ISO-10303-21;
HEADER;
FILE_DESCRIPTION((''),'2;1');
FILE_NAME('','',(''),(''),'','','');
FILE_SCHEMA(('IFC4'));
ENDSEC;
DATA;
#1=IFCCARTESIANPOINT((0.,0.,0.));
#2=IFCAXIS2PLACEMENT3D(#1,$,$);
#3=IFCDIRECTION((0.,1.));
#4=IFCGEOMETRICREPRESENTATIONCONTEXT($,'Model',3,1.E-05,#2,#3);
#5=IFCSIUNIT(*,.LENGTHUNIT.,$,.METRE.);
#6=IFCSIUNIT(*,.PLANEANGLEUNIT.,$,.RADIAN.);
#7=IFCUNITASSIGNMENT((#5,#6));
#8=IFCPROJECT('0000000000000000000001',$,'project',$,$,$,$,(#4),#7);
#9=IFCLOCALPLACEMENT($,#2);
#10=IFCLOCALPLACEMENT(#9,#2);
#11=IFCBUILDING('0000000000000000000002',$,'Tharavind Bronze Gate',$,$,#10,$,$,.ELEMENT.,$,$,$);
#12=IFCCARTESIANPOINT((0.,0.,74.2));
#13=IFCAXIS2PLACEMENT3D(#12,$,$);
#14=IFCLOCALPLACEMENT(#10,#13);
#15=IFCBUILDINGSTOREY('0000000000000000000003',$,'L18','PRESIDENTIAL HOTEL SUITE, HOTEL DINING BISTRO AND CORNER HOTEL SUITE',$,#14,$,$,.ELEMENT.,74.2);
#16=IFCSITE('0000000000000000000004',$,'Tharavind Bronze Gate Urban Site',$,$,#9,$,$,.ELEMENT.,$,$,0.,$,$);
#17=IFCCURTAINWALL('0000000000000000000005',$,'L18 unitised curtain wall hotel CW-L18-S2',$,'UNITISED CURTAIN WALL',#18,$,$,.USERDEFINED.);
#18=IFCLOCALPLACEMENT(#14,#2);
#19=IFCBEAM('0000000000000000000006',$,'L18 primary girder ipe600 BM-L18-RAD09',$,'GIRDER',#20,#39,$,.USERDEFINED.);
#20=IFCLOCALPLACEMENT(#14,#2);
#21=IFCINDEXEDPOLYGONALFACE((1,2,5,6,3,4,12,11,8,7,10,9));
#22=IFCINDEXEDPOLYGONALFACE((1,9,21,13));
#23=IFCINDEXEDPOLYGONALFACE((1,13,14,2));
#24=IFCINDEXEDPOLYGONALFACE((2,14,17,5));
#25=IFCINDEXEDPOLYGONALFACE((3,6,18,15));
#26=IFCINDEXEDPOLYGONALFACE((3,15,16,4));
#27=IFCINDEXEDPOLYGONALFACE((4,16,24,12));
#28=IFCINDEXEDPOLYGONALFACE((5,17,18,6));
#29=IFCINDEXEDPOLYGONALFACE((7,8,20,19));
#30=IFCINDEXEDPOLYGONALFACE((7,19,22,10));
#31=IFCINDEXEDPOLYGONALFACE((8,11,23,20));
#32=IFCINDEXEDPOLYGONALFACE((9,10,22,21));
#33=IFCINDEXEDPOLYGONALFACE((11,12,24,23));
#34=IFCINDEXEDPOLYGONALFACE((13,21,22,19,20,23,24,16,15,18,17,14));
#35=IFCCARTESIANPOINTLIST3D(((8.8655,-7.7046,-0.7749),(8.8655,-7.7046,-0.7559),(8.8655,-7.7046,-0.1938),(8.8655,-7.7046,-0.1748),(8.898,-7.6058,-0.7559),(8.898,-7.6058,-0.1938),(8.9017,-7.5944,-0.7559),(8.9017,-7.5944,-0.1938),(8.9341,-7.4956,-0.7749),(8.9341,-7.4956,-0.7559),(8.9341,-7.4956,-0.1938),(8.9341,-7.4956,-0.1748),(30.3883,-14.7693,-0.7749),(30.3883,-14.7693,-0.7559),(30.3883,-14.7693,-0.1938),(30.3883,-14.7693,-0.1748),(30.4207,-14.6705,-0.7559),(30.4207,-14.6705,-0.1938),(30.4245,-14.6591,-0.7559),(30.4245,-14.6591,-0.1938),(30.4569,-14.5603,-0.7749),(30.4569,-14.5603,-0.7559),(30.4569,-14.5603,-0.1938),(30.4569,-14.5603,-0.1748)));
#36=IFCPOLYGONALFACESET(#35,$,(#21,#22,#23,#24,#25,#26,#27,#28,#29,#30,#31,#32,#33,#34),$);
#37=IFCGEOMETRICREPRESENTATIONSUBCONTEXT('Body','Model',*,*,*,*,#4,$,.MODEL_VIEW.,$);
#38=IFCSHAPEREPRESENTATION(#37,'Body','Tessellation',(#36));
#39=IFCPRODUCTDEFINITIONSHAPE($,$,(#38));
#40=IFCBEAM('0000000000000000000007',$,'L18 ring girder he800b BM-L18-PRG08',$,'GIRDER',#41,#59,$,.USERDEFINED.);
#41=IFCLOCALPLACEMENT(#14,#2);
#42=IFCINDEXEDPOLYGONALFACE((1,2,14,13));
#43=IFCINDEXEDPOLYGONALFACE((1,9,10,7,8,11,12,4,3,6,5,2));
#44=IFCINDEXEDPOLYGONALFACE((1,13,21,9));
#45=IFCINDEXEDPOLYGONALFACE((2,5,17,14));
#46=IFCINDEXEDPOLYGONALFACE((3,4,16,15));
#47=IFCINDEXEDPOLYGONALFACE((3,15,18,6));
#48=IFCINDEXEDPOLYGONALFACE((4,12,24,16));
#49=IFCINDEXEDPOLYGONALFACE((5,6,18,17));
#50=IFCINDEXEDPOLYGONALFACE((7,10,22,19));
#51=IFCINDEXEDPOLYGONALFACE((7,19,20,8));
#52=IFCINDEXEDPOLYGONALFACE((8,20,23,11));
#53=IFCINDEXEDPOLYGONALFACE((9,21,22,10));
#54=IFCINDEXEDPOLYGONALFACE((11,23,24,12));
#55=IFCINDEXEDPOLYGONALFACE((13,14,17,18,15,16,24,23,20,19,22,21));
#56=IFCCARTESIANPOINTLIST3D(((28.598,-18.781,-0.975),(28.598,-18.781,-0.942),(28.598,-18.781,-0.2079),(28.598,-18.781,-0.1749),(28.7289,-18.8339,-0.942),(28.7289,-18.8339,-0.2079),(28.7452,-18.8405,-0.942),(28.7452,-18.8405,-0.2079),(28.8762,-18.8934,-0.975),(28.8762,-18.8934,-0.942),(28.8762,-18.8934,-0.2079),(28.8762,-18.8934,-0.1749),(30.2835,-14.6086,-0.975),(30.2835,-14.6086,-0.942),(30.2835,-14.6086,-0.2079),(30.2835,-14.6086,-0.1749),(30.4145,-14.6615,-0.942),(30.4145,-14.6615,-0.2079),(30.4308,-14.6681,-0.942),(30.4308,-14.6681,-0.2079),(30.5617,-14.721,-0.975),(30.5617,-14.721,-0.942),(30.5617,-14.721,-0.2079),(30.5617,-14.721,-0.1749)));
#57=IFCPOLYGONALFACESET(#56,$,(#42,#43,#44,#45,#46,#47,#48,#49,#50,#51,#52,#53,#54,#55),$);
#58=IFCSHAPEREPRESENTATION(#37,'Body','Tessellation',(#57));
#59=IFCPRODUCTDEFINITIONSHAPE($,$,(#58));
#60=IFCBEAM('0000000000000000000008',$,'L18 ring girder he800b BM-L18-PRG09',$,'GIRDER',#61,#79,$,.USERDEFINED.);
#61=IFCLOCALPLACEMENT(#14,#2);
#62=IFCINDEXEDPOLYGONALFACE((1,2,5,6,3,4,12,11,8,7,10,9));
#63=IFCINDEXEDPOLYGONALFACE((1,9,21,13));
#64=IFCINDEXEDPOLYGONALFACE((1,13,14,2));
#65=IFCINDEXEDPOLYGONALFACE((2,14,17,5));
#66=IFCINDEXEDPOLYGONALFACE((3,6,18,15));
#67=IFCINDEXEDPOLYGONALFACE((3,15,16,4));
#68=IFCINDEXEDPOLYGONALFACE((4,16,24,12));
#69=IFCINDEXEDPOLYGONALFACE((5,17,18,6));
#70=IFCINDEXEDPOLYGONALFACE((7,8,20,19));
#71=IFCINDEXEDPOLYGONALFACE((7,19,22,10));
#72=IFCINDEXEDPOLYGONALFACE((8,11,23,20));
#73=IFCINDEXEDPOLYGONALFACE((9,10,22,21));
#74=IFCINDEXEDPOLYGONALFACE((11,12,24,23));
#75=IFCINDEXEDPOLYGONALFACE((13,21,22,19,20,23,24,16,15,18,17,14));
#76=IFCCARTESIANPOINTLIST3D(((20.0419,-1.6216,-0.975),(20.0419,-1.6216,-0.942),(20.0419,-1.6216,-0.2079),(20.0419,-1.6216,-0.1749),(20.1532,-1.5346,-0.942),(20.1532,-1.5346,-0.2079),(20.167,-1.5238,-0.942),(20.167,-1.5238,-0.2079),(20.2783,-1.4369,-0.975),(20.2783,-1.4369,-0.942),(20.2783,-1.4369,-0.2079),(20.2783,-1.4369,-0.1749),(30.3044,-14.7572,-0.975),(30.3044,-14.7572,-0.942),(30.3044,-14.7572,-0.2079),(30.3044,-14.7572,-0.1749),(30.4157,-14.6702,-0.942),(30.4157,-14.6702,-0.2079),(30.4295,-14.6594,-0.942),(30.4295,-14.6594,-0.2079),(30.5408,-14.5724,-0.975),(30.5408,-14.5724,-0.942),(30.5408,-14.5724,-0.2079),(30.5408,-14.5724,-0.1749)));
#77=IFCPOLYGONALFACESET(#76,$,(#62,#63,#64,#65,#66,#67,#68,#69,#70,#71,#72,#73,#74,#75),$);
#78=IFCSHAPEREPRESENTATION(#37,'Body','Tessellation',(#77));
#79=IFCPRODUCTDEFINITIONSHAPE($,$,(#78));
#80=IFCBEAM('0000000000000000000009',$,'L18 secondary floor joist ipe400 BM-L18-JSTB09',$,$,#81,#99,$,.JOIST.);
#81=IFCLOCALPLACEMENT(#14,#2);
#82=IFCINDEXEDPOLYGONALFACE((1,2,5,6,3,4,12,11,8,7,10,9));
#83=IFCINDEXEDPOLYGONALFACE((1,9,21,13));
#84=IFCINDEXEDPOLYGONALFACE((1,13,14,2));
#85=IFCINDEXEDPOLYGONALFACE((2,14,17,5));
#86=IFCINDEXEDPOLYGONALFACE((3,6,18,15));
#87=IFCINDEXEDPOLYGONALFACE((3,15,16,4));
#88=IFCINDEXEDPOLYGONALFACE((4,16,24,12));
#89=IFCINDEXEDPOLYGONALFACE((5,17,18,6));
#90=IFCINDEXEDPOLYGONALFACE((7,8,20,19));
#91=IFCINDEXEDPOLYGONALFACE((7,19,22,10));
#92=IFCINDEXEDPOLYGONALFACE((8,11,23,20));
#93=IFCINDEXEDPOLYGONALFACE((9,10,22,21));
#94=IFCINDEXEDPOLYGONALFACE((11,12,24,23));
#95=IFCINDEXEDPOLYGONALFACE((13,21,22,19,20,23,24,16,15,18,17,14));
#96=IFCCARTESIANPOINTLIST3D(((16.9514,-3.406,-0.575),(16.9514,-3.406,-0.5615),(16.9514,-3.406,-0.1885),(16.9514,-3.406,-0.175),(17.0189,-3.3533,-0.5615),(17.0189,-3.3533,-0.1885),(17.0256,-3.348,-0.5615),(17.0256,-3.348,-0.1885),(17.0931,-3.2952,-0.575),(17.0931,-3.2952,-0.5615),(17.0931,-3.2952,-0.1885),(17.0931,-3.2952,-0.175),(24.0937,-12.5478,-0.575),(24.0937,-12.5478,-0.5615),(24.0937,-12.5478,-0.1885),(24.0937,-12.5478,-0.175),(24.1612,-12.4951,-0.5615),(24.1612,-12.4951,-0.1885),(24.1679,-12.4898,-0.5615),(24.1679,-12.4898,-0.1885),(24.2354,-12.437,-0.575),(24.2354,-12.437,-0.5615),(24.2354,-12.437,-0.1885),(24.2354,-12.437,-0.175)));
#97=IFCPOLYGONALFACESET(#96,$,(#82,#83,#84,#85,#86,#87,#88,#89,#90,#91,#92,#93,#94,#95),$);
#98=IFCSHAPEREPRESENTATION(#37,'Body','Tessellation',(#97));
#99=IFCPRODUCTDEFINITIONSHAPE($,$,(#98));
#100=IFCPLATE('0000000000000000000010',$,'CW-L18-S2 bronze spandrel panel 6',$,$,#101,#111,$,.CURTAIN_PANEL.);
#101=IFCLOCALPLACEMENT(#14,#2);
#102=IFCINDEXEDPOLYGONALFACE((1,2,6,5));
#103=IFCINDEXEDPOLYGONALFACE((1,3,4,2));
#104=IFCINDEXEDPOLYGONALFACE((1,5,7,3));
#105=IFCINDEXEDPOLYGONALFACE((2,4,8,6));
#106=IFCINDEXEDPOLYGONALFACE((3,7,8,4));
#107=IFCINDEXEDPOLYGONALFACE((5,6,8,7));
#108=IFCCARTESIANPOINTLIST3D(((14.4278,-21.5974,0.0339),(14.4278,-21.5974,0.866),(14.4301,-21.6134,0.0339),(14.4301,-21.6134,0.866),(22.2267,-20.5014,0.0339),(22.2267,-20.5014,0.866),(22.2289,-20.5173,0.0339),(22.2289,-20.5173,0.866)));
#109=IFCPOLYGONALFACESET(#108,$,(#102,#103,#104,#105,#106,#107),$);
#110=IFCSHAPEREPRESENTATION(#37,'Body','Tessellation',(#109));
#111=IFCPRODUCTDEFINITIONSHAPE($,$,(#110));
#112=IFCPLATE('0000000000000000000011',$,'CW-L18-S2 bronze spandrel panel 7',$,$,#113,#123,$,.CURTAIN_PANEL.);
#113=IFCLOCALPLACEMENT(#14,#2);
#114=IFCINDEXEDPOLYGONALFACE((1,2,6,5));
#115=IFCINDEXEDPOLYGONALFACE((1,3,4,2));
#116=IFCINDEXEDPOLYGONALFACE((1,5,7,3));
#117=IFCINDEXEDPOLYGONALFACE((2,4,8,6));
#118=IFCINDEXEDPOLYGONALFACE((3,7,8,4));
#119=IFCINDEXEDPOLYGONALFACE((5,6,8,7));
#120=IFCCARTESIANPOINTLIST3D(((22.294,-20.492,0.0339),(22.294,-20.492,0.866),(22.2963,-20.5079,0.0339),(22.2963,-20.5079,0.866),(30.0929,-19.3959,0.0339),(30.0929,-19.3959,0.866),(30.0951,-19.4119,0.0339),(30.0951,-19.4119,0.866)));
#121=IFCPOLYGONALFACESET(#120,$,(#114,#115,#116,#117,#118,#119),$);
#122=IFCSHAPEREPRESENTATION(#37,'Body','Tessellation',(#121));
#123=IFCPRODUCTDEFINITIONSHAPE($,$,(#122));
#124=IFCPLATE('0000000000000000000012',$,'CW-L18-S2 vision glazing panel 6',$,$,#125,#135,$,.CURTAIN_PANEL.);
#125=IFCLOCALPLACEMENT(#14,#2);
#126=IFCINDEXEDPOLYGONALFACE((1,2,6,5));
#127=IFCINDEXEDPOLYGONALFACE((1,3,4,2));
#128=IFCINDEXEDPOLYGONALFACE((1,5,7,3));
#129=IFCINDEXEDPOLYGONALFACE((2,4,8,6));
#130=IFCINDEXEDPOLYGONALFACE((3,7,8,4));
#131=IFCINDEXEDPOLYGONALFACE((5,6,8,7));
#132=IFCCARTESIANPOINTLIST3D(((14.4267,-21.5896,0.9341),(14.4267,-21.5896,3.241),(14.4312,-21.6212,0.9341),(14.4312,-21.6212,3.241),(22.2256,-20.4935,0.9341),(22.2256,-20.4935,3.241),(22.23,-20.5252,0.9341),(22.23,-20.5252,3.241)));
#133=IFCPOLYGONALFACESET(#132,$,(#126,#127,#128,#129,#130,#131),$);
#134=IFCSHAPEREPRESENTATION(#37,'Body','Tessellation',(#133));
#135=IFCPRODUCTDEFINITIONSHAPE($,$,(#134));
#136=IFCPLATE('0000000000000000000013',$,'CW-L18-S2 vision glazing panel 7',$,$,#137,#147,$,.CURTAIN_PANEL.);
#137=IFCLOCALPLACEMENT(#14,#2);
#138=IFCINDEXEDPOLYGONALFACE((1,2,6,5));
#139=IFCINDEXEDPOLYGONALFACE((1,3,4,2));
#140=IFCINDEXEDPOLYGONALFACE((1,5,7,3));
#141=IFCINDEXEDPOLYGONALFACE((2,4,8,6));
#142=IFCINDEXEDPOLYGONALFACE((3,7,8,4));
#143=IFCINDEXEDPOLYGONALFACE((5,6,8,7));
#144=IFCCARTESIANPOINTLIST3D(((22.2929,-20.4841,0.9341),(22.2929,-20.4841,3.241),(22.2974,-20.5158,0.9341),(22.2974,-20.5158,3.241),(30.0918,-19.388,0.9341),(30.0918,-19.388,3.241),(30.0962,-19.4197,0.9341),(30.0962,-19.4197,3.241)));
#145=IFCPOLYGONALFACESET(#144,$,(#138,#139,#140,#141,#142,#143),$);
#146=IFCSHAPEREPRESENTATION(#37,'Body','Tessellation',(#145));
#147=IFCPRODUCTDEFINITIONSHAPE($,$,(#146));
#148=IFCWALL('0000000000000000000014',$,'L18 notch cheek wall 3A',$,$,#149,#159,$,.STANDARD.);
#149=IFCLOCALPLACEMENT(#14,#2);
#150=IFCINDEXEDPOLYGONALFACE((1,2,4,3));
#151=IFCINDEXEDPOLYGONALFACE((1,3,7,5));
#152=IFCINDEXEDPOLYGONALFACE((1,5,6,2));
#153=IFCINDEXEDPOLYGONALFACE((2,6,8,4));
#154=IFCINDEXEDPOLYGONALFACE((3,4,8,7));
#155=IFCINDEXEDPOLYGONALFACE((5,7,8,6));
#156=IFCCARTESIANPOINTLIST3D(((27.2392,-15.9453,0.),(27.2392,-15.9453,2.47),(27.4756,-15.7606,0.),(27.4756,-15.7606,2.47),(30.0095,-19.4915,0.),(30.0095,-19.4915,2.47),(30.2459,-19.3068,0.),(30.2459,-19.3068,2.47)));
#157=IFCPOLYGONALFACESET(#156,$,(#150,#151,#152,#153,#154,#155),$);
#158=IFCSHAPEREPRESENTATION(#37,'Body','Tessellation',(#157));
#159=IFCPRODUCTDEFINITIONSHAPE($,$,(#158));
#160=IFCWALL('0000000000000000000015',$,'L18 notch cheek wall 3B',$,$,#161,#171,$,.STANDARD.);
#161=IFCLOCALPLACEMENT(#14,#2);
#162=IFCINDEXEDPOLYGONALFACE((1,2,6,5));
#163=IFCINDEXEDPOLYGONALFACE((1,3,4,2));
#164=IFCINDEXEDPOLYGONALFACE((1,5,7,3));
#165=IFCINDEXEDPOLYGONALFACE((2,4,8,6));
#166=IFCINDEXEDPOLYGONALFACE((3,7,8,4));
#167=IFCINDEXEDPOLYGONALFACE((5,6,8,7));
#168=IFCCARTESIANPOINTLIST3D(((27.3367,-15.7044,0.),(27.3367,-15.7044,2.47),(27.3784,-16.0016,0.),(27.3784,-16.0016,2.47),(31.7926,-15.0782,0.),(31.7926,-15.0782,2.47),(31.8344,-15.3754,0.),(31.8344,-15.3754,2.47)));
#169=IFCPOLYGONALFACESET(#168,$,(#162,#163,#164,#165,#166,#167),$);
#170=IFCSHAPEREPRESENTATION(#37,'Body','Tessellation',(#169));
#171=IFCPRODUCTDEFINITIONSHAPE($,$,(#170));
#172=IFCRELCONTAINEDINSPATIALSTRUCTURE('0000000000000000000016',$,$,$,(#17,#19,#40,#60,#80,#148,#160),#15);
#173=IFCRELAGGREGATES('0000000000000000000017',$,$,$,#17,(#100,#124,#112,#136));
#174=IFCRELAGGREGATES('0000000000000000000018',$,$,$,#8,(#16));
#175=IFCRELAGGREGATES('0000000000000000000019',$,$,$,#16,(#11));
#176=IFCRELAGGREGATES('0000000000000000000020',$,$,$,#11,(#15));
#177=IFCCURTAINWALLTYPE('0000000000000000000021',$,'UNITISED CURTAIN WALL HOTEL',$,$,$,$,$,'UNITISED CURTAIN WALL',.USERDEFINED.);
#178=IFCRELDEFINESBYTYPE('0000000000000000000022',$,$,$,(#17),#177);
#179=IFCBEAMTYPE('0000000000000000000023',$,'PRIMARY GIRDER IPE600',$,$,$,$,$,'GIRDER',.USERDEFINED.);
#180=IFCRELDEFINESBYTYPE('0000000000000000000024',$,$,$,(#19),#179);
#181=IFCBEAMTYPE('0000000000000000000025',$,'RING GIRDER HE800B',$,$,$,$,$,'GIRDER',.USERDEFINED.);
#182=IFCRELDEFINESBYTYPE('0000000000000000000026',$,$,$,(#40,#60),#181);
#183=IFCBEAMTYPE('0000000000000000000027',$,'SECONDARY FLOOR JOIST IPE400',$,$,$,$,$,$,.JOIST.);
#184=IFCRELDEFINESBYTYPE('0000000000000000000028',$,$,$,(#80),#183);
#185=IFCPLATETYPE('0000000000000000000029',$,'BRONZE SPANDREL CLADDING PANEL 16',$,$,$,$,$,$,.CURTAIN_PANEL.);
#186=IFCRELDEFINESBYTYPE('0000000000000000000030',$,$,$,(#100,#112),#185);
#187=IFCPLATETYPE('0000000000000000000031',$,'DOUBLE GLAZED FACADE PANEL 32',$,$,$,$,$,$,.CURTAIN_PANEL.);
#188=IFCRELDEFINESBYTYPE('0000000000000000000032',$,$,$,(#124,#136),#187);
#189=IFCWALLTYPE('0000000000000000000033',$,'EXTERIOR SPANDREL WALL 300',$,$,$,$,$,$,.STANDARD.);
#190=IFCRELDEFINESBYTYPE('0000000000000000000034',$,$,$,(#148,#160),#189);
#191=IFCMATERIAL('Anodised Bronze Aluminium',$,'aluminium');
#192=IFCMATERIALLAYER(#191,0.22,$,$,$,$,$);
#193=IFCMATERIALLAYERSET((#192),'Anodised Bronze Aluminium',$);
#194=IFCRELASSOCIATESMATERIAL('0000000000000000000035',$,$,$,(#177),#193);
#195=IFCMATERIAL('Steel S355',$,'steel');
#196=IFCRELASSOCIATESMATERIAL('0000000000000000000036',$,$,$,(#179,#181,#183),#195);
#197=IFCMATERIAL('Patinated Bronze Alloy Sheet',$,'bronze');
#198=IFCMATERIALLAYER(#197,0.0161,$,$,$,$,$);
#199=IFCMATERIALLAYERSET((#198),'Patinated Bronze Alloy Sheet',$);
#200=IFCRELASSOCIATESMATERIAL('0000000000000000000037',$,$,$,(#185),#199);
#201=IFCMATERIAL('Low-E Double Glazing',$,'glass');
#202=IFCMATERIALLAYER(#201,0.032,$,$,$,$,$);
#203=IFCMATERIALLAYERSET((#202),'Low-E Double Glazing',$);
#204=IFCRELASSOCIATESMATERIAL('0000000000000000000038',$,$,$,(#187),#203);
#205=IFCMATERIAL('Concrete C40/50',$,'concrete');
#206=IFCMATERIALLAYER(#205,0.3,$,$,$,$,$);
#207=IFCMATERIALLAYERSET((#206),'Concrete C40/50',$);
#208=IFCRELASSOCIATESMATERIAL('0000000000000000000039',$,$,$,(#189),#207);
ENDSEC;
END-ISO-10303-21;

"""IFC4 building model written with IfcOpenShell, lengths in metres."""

from ifc_helpers import new_model, si_unit, direction, frame, frame_2d, origin, origin_2d, place, context, subcontext, project, spatial, rectangle, i_section, extrude, material, layer, layer_set, material_profile, profile_set, type_object, element, aggregate, save


model = new_model("IFC4")

# Units and contexts
model_context = context("Model", 3, precision=1e-05, world=origin(), true_north=direction((0.0, 1.0)))
body_context = subcontext(model_context, "Body", "Model", "MODEL_VIEW")
ifc_project = project(units=[si_unit("LENGTHUNIT", "METRE"), si_unit("PLANEANGLEUNIT", "RADIAN")], contexts=[model_context])

# Site, building, storey
site_placement = place(None, origin())
site = spatial("IfcSite", under=ifc_project, at=site_placement, Name="Tharavind Bronze Gate Urban Site", CompositionType="ELEMENT", RefElevation=0.0)
building_placement = place(site_placement, origin())
building = spatial("IfcBuilding", under=site, at=building_placement, Name="Tharavind Bronze Gate", CompositionType="ELEMENT")
storey_placement = place(building_placement, frame((0.0, 0.0, 74.2)))
storey = spatial("IfcBuildingStorey", under=building, at=storey_placement, Name="L18", Description="PRESIDENTIAL HOTEL SUITE, HOTEL DINING BISTRO AND CORNER HOTEL SUITE", CompositionType="ELEMENT", Elevation=74.2)

# Curtain wall
ifc_material_1 = material(Name="Anodised Bronze Aluminium", Category="aluminium")
ifc_layer_1 = layer(ifc_material_1, 0.22)
ifc_layer_set_1 = layer_set([ifc_layer_1], Name="Anodised Bronze Aluminium")
curtain_wall_type = type_object("IfcCurtainWallType", Name="UNITISED CURTAIN WALL HOTEL", ElementType="UNITISED CURTAIN WALL", PredefinedType="USERDEFINED", material=ifc_layer_set_1)
curtain_wall_1_placement = place(storey_placement, origin())
curtain_wall_1 = element("IfcCurtainWall", 1, at=curtain_wall_1_placement, inside=storey, type_object=curtain_wall_type, Name="L18 unitised curtain wall hotel CW-L18-S2", ObjectType="UNITISED CURTAIN WALL", PredefinedType="USERDEFINED")

# Beams
ifc_material_2 = material(Name="Steel S355", Category="steel")
ifc_material_profile_1 = material_profile(ifc_material_2, i_section(OverallWidth=0.22, OverallDepth=0.6001, WebThickness=0.012, FlangeThickness=0.019, at=origin_2d()), Name="IPE600")
ifc_profile_set_1 = profile_set([ifc_material_profile_1], Name="Steel S355")
beam_type_1 = type_object("IfcBeamType", Name="PRIMARY GIRDER IPE600", ElementType="GIRDER", PredefinedType="USERDEFINED", material=ifc_profile_set_1)
beam_1_placement = place(storey_placement, frame((30.4226, -14.6648, -0.4749), z_axis=(-0.950124, 0.311872, 0.0), x_axis=(-0.311872, -0.950124, 0.0)))
element("IfcBeam", 2, at=beam_1_placement, inside=storey, type_object=beam_type_1, Name="L18 primary girder ipe600 BM-L18-RAD09", ObjectType="GIRDER", PredefinedType="USERDEFINED", context=body_context, shape_type="SweptSolid", body=[
    extrude(i_section(OverallWidth=0.22, OverallDepth=0.6001, WebThickness=0.012, FlangeThickness=0.019, at=origin_2d()), origin(), (0.0, 0.0, 1.0), 22.6526),
])
ifc_material_profile_2 = material_profile(ifc_material_2, i_section(OverallWidth=0.3, OverallDepth=0.8, WebThickness=0.0176, FlangeThickness=0.033, at=origin_2d()), Name="HE800B")
ifc_profile_set_2 = profile_set([ifc_material_profile_2], Name="Steel S355")
beam_type_2 = type_object("IfcBeamType", Name="RING GIRDER HE800B", ElementType="GIRDER", PredefinedType="USERDEFINED", material=ifc_profile_set_2)
beam_2_placement = place(storey_placement, frame((28.7371, -18.8372, -0.575), z_axis=(0.374569, 0.927199, 0.0), x_axis=(-0.927199, 0.374569, 0.0)))
element("IfcBeam", 3, at=beam_2_placement, inside=storey, type_object=beam_type_2, Name="L18 ring girder he800b BM-L18-PRG08", ObjectType="GIRDER", PredefinedType="USERDEFINED", context=body_context, shape_type="SweptSolid", body=[
    extrude(i_section(OverallWidth=0.3, OverallDepth=0.8, WebThickness=0.0176, FlangeThickness=0.033, at=origin_2d()), origin(), (0.0, 0.0, 1.0), 4.5),
])
beam_3_placement = place(storey_placement, frame((30.4226, -14.6648, -0.575), z_axis=(-0.615657, 0.788014, 0.0), x_axis=(-0.788014, -0.615657, 0.0)))
element("IfcBeam", 4, at=beam_3_placement, inside=storey, type_object=beam_type_2, Name="L18 ring girder he800b BM-L18-PRG09", ObjectType="GIRDER", PredefinedType="USERDEFINED", context=body_context, shape_type="SweptSolid", body=[
    extrude(i_section(OverallWidth=0.3, OverallDepth=0.8, WebThickness=0.0176, FlangeThickness=0.033, at=origin_2d()), origin(), (0.0, 0.0, 1.0), 16.6692),
])
ifc_material_profile_3 = material_profile(ifc_material_2, i_section(OverallWidth=0.1799, OverallDepth=0.3999, WebThickness=0.0085, FlangeThickness=0.0134, at=origin_2d()), Name="IPE400")
ifc_profile_set_3 = profile_set([ifc_material_profile_3], Name="Steel S355")
beam_type_3 = type_object("IfcBeamType", Name="SECONDARY FLOOR JOIST IPE400", PredefinedType="JOIST", material=ifc_profile_set_3)
beam_4_placement = place(storey_placement, frame((24.1646, -12.4924, -0.375), z_axis=(-0.615658, 0.788013, 0.0), x_axis=(-0.788013, -0.615658, 0.0)))
element("IfcBeam", 5, at=beam_4_placement, inside=storey, type_object=beam_type_3, Name="L18 secondary floor joist ipe400 BM-L18-JSTB09", PredefinedType="JOIST", context=body_context, shape_type="SweptSolid", body=[
    extrude(i_section(OverallWidth=0.1799, OverallDepth=0.3999, WebThickness=0.0085, FlangeThickness=0.0134, at=origin_2d()), origin(), (0.0, 0.0, 1.0), 11.6011),
])

# Plates
ifc_material_3 = material(Name="Patinated Bronze Alloy Sheet", Category="bronze")
ifc_layer_2 = layer(ifc_material_3, 0.0161)
ifc_layer_set_2 = layer_set([ifc_layer_2], Name="Patinated Bronze Alloy Sheet")
plate_type_1 = type_object("IfcPlateType", Name="BRONZE SPANDREL CLADDING PANEL 16", PredefinedType="CURTAIN_PANEL", material=ifc_layer_set_2)
plate_1_placement = place(storey_placement, frame((18.3284, -21.0574, 0.0339), z_axis=(0.0, 0.0, 1.0), x_axis=(0.990268, 0.139173, 0.0)))
plate_1 = element("IfcPlate", 6, at=plate_1_placement, type_object=plate_type_1, Name="CW-L18-S2 bronze spandrel panel 6", PredefinedType="CURTAIN_PANEL", context=body_context, shape_type="SweptSolid", body=[
    extrude(rectangle(XDim=7.8755, YDim=0.0161, at=origin_2d()), origin(), (0.0, 0.0, 1.0), 0.832),
])
plate_2_placement = place(storey_placement, frame((26.1946, -19.9519, 0.0339), z_axis=(0.0, 0.0, 1.0), x_axis=(0.990268, 0.139173, 0.0)))
plate_2 = element("IfcPlate", 7, at=plate_2_placement, type_object=plate_type_1, Name="CW-L18-S2 bronze spandrel panel 7", PredefinedType="CURTAIN_PANEL", context=body_context, shape_type="SweptSolid", body=[
    extrude(rectangle(XDim=7.8755, YDim=0.0161, at=origin_2d()), origin(), (0.0, 0.0, 1.0), 0.832),
])
ifc_material_4 = material(Name="Low-E Double Glazing", Category="glass")
ifc_layer_3 = layer(ifc_material_4, 0.032)
ifc_layer_set_3 = layer_set([ifc_layer_3], Name="Low-E Double Glazing")
plate_type_2 = type_object("IfcPlateType", Name="DOUBLE GLAZED FACADE PANEL 32", PredefinedType="CURTAIN_PANEL", material=ifc_layer_set_3)
plate_3_placement = place(storey_placement, frame((18.3284, -21.0574, 0.9341), z_axis=(0.0, 0.0, 1.0), x_axis=(0.990268, 0.139173, 0.0)))
plate_3 = element("IfcPlate", 8, at=plate_3_placement, type_object=plate_type_2, Name="CW-L18-S2 vision glazing panel 6", PredefinedType="CURTAIN_PANEL", context=body_context, shape_type="SweptSolid", body=[
    extrude(rectangle(XDim=7.8755, YDim=0.032, at=origin_2d()), origin(), (0.0, 0.0, 1.0), 2.3069),
])
plate_4_placement = place(storey_placement, frame((26.1946, -19.9519, 0.9341), z_axis=(0.0, 0.0, 1.0), x_axis=(0.990268, 0.139173, 0.0)))
plate_4 = element("IfcPlate", 9, at=plate_4_placement, type_object=plate_type_2, Name="CW-L18-S2 vision glazing panel 7", PredefinedType="CURTAIN_PANEL", context=body_context, shape_type="SweptSolid", body=[
    extrude(rectangle(XDim=7.8755, YDim=0.032, at=origin_2d()), origin(), (0.0, 0.0, 1.0), 2.3069),
])
aggregate(curtain_wall_1, [plate_1, plate_3, plate_2, plate_4])

# Walls
ifc_material_5 = material(Name="Concrete C40/50", Category="concrete")
ifc_layer_4 = layer(ifc_material_5, 0.3)
ifc_layer_set_4 = layer_set([ifc_layer_4], Name="Concrete C40/50")
wall_type = type_object("IfcWallType", Name="EXTERIOR SPANDREL WALL 300", PredefinedType="STANDARD", material=ifc_layer_set_4)
wall_1_placement = place(storey_placement, frame((30.1277, -19.3992, 0.0), z_axis=(0.0, 0.0, 1.0), x_axis=(-0.615622, 0.788042, 0.0)))
element("IfcWall", 10, at=wall_1_placement, inside=storey, type_object=wall_type, Name="L18 notch cheek wall 3A", PredefinedType="STANDARD", context=body_context, shape_type="SweptSolid", body=[
    extrude(rectangle(XDim=4.5, YDim=0.3, at=frame_2d((2.25, 0.0))), origin(), (0.0, 0.0, 1.0), 2.47),
])
wall_2_placement = place(storey_placement, frame((27.3574, -15.853, 0.0), z_axis=(0.0, 0.0, 1.0), x_axis=(0.990269, 0.139165, 0.0)))
element("IfcWall", 11, at=wall_2_placement, inside=storey, type_object=wall_type, Name="L18 notch cheek wall 3B", PredefinedType="STANDARD", context=body_context, shape_type="SweptSolid", body=[
    extrude(rectangle(XDim=4.4998, YDim=0.3, at=frame_2d((2.25, 0.0))), origin(), (0.0, 0.0, 1.0), 2.47),
])

save(model, "model.ifc")
